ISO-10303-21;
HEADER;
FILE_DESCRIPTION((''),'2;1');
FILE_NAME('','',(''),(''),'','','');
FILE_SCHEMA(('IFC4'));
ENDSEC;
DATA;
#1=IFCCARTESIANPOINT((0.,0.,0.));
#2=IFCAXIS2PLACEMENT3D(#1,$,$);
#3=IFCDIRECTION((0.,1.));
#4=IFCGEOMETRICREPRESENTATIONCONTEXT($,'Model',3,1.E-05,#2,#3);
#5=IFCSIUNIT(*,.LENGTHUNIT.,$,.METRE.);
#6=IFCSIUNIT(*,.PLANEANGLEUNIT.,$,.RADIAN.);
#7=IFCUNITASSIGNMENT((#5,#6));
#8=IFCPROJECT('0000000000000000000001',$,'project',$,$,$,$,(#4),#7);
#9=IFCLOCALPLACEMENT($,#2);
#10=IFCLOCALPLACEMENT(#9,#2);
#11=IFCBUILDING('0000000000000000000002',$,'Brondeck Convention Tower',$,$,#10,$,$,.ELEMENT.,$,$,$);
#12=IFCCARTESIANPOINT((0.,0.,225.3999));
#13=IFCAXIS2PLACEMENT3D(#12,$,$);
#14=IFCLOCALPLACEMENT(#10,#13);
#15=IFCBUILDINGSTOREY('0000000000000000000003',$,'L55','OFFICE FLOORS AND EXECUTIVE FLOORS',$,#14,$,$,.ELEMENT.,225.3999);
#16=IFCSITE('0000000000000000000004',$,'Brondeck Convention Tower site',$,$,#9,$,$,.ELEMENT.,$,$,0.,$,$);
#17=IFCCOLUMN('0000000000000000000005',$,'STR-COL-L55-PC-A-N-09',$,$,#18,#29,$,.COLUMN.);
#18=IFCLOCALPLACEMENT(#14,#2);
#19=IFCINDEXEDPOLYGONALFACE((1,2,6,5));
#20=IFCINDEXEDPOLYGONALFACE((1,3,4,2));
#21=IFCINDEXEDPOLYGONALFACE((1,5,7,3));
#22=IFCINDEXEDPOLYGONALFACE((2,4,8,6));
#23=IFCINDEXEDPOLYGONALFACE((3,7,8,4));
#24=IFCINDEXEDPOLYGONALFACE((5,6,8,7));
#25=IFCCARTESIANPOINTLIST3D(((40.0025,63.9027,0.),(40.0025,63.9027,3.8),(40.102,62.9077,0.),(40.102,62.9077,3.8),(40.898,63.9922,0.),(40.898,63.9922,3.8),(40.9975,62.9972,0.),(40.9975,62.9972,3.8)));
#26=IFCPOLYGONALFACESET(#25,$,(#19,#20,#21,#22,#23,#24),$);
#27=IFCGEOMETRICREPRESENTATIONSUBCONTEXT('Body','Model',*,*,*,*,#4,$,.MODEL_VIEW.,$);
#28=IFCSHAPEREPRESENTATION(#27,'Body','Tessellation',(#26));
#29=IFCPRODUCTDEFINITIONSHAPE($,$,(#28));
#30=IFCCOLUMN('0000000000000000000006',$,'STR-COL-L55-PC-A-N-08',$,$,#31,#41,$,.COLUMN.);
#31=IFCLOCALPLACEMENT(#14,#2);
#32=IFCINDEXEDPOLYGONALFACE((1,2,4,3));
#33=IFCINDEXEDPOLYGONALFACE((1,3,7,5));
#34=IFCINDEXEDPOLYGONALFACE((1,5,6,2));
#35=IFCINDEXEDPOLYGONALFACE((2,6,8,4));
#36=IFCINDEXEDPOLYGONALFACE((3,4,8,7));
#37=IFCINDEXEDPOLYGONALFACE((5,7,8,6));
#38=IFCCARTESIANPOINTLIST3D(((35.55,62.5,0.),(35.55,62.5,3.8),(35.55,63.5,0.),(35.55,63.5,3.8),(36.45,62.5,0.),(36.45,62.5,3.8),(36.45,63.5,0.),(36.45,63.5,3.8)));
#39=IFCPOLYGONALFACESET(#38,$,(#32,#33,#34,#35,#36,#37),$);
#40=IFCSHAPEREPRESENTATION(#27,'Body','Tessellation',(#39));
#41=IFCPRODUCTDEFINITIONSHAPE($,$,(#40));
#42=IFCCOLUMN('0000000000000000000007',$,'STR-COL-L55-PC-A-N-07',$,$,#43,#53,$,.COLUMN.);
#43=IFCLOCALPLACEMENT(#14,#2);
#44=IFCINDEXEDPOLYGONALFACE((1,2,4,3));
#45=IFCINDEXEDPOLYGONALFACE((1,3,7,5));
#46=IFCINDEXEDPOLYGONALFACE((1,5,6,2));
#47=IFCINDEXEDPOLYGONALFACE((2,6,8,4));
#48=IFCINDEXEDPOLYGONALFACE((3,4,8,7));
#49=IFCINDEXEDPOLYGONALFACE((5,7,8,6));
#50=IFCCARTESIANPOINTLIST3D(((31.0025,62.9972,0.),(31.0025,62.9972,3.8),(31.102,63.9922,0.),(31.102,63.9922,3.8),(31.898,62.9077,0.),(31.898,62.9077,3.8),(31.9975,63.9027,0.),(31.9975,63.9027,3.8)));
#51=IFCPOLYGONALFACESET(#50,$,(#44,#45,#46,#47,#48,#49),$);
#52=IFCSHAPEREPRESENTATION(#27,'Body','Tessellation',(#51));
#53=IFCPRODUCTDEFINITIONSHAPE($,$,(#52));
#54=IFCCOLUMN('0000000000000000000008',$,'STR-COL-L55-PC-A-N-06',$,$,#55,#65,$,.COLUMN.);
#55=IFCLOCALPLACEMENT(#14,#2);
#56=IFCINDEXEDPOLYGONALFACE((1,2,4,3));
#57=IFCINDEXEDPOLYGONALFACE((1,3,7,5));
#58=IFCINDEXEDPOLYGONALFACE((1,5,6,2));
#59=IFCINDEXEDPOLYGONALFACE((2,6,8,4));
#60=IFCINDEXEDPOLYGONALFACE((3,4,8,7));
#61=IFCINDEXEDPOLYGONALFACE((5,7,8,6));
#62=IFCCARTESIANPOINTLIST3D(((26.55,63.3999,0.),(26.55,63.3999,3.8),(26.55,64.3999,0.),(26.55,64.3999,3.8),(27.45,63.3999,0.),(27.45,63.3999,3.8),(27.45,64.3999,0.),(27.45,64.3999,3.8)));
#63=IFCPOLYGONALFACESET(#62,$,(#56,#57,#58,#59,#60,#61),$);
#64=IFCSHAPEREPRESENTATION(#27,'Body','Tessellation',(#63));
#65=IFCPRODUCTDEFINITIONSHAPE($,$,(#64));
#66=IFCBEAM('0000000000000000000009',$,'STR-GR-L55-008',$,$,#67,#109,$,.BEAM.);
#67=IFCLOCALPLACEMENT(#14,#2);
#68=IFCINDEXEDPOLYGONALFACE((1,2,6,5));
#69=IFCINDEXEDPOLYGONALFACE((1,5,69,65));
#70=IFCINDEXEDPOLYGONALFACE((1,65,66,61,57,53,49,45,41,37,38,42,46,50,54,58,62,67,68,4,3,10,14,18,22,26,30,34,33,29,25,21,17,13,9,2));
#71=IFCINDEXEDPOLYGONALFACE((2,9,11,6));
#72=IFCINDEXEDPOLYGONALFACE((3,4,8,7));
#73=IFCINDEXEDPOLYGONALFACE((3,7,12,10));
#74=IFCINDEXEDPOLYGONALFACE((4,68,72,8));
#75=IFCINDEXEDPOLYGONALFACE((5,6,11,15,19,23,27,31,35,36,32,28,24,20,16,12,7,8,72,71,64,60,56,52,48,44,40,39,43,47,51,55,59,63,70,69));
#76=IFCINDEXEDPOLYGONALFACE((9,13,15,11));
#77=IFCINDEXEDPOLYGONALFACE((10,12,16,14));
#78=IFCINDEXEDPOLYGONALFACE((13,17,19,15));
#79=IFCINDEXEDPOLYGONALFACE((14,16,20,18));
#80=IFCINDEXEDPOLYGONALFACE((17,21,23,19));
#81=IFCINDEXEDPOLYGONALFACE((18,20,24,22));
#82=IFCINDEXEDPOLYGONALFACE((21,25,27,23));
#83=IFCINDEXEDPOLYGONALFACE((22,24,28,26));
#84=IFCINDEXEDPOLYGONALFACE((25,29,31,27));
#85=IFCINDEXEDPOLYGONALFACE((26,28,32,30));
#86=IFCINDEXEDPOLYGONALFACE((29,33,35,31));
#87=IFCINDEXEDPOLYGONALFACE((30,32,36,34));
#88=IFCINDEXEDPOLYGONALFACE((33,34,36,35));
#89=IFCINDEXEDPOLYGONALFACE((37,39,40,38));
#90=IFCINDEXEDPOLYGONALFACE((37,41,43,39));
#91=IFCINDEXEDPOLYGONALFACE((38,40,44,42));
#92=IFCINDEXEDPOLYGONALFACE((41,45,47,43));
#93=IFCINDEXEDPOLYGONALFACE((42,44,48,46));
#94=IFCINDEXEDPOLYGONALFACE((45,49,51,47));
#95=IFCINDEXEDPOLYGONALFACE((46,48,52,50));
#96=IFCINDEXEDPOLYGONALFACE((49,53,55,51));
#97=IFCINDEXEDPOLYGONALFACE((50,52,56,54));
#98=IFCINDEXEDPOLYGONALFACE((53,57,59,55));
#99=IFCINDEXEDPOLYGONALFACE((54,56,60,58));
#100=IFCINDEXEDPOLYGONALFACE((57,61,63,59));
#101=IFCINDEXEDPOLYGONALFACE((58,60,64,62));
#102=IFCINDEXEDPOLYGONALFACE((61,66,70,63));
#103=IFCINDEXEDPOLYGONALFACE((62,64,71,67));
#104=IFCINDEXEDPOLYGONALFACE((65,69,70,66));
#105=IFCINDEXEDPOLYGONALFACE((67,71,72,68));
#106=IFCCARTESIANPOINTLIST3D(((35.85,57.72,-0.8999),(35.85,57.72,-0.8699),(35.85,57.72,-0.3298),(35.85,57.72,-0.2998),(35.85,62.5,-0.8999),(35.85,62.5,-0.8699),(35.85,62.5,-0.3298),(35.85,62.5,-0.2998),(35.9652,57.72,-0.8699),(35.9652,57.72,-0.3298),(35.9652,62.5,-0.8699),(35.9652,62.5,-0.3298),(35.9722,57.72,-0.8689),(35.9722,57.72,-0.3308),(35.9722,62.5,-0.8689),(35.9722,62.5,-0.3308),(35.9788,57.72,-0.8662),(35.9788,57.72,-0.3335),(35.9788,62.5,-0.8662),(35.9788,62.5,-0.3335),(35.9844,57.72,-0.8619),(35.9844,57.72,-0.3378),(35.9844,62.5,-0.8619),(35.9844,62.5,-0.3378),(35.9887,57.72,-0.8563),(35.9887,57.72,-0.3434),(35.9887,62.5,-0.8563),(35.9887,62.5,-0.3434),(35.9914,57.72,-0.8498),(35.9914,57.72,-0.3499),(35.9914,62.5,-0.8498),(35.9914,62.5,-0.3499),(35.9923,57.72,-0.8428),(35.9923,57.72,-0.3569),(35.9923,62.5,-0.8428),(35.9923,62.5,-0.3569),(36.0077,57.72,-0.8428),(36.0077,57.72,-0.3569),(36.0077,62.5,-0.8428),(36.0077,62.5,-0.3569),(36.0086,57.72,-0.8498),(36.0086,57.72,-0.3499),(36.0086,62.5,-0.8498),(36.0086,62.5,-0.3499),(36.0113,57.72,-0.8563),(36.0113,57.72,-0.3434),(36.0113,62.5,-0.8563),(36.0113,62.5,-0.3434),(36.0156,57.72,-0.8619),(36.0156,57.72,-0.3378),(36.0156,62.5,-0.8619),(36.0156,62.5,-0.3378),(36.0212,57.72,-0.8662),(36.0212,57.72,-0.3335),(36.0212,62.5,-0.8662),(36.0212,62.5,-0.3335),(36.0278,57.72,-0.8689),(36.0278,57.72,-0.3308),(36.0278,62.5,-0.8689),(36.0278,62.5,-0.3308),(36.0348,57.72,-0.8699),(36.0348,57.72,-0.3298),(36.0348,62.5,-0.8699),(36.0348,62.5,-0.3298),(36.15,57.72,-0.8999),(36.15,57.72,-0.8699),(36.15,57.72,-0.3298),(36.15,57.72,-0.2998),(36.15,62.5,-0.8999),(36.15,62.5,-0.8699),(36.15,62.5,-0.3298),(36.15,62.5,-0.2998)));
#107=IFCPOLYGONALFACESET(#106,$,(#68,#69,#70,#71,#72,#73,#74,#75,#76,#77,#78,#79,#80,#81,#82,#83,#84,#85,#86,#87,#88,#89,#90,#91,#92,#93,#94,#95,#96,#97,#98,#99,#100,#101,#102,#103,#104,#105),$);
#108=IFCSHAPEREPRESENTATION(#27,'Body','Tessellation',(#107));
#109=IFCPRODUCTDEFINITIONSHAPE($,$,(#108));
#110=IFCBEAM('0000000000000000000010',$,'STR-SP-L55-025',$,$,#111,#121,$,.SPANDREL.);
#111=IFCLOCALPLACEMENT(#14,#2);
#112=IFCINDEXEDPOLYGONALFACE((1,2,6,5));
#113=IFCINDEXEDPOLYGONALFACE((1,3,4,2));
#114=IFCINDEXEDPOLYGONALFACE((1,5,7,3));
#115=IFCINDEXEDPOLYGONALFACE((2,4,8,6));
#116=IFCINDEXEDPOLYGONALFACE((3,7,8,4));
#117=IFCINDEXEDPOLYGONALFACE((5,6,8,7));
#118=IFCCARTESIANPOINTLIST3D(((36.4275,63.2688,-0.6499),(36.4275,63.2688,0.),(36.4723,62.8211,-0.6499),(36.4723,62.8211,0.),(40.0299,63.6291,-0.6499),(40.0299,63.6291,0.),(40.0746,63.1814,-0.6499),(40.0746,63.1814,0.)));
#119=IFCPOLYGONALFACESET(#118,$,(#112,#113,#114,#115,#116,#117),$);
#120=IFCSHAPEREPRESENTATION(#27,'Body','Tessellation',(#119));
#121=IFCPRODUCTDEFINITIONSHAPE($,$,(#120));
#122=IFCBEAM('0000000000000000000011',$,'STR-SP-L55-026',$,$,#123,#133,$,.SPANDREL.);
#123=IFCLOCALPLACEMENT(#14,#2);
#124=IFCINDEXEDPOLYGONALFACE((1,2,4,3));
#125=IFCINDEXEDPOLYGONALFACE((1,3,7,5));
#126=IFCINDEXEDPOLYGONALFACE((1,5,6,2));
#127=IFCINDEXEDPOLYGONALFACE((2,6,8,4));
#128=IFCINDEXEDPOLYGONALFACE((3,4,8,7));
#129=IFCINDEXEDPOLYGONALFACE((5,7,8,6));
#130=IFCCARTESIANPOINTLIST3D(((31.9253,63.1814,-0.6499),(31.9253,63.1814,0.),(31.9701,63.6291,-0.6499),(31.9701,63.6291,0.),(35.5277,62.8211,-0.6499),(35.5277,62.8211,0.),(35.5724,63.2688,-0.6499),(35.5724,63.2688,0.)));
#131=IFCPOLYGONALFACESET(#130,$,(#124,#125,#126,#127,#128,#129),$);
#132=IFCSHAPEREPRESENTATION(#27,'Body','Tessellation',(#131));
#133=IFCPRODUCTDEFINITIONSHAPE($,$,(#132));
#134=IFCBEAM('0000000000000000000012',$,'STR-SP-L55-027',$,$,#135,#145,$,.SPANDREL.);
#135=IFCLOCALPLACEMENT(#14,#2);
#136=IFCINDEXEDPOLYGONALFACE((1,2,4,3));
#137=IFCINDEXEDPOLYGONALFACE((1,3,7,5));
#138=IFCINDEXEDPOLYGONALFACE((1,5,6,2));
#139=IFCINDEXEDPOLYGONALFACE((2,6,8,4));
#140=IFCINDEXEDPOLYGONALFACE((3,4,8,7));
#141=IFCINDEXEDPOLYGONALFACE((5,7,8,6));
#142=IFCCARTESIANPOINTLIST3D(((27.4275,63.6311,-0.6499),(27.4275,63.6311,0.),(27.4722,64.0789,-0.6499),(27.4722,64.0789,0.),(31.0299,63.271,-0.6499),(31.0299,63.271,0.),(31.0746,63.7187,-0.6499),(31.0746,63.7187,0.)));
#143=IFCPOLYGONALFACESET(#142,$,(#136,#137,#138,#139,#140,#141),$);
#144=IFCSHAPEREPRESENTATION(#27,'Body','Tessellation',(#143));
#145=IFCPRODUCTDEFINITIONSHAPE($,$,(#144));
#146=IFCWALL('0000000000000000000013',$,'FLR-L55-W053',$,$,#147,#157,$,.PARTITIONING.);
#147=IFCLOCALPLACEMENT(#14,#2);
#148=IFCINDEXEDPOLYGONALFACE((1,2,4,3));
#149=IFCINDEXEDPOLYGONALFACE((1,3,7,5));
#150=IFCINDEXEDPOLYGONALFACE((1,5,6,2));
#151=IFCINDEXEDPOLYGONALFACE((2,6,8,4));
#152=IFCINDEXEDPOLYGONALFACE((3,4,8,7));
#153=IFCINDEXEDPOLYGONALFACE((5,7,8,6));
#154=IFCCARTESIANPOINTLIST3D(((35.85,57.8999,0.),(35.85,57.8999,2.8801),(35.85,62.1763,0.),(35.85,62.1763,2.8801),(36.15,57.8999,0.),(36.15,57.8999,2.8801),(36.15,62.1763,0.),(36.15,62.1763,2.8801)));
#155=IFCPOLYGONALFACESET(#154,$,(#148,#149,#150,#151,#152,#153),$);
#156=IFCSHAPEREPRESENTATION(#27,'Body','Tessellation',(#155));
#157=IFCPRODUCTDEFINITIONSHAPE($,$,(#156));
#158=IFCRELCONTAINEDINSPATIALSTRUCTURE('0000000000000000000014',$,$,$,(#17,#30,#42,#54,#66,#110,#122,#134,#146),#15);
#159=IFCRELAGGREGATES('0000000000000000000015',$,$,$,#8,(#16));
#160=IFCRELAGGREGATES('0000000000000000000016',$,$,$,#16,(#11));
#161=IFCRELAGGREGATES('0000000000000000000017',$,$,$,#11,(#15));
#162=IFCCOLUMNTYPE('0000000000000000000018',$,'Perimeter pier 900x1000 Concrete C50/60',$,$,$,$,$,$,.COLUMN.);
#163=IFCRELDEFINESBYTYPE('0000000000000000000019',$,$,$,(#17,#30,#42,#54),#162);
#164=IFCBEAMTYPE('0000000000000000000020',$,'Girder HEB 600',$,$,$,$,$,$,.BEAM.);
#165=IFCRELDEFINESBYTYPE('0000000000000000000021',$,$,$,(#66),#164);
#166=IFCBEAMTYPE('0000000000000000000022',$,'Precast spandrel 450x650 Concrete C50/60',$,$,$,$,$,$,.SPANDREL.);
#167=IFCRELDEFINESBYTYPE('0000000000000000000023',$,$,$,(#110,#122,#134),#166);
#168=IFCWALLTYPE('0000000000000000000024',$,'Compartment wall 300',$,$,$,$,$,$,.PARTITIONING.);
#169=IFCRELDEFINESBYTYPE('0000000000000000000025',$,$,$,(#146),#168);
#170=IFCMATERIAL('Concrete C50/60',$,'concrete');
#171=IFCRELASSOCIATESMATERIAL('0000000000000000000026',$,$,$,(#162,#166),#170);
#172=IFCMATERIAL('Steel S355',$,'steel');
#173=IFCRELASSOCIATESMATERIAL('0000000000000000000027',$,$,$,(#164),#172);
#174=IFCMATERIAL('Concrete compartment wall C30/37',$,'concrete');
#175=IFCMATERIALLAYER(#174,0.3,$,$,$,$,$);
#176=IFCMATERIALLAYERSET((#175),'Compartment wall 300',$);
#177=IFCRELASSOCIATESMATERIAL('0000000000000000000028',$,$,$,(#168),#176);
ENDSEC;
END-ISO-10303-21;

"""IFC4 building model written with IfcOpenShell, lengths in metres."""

from ifc_helpers import new_model, si_unit, direction, frame, frame_2d, origin, origin_2d, place, context, subcontext, project, spatial, rectangle, i_section, extrude, material, layer, layer_set, material_profile, profile_set, type_object, element, save


model = new_model("IFC4")

# Units and contexts
model_context = context("Model", 3, precision=1e-05, world=origin(), true_north=direction((0.0, 1.0)))
body_context = subcontext(model_context, "Body", "Model", "MODEL_VIEW")
ifc_project = project(units=[si_unit("LENGTHUNIT", "METRE"), si_unit("PLANEANGLEUNIT", "RADIAN")], contexts=[model_context])

# Site, building, storey
site_placement = place(None, origin())
site = spatial("IfcSite", under=ifc_project, at=site_placement, Name="Brondeck Convention Tower site", CompositionType="ELEMENT", RefElevation=0.0)
building_placement = place(site_placement, origin())
building = spatial("IfcBuilding", under=site, at=building_placement, Name="Brondeck Convention Tower", CompositionType="ELEMENT")
storey_placement = place(building_placement, frame((0.0, 0.0, 225.3999)))
storey = spatial("IfcBuildingStorey", under=building, at=storey_placement, Name="L55", Description="OFFICE FLOORS AND EXECUTIVE FLOORS", CompositionType="ELEMENT", Elevation=225.3999)

# Columns
ifc_material_1 = material(Name="Concrete C50/60", Category="concrete")
ifc_material_profile_1 = material_profile(ifc_material_1, rectangle(XDim=0.8999, YDim=1.0, at=origin_2d()), Name="Perimeter pier 900x1000 Concrete C50/60")
ifc_profile_set_1 = profile_set([ifc_material_profile_1], Name="Concrete C50/60")
column_type = type_object("IfcColumnType", Name="Perimeter pier 900x1000 Concrete C50/60", PredefinedType="COLUMN", material=ifc_profile_set_1)
for number, where, z_axis, x_axis, name in (
    (1, (40.5, 63.45, 0.0), (0.0, 0.0, 1.0), (-0.995037, -0.099504, 0.0), "STR-COL-L55-PC-A-N-09"),
    (2, (36.0, 63.0, 0.0), (0.0, 0.0, 1.0), (-1.0, 0.0, 0.0), "STR-COL-L55-PC-A-N-08"),
    (3, (31.5, 63.45, 0.0), (0.0, 0.0, 1.0), (-0.995037, 0.099504, 0.0), "STR-COL-L55-PC-A-N-07"),
    (4, (27.0, 63.8999, 0.0), (0.0, 0.0, 1.0), (-1.0, 0.0, 0.0), "STR-COL-L55-PC-A-N-06"),
):
    element("IfcColumn", number, at=place(storey_placement, frame(where, z_axis=z_axis, x_axis=x_axis)), inside=storey, type_object=column_type, Name=name, PredefinedType="COLUMN", context=body_context, shape_type="SweptSolid", body=[
        extrude(rectangle(XDim=0.8999, YDim=1.0, at=origin_2d()), origin(), (0.0, 0.0, 1.0), 3.8),
    ])

# Beams
ifc_material_2 = material(Name="Steel S355", Category="steel")
ifc_material_profile_2 = material_profile(ifc_material_2, i_section(OverallWidth=0.3, OverallDepth=0.6001, WebThickness=0.0154, FlangeThickness=0.03, FilletRadius=0.0271, at=origin_2d()), Name="HEB 600")
ifc_profile_set_2 = profile_set([ifc_material_profile_2], Name="Steel S355")
beam_type_1 = type_object("IfcBeamType", Name="Girder HEB 600", PredefinedType="BEAM", material=ifc_profile_set_2)
beam_placement = place(storey_placement, frame((36.0, 57.72, -0.5999), z_axis=(0.0, 1.0, 0.0), x_axis=(-1.0, 0.0, 0.0)))
element("IfcBeam", 5, at=beam_placement, inside=storey, type_object=beam_type_1, Name="STR-GR-L55-008", PredefinedType="BEAM", context=body_context, shape_type="SweptSolid", body=[
    extrude(i_section(OverallWidth=0.3, OverallDepth=0.6001, WebThickness=0.0154, FlangeThickness=0.03, FilletRadius=0.0271, at=origin_2d()), origin(), (0.0, 0.0, 1.0), 4.78),
])
ifc_material_profile_3 = material_profile(ifc_material_1, rectangle(XDim=0.45, YDim=0.6499, at=origin_2d()), Name="Precast spandrel 450x650 Concrete C50/60")
ifc_profile_set_3 = profile_set([ifc_material_profile_3], Name="Concrete C50/60")
beam_type_2 = type_object("IfcBeamType", Name="Precast spandrel 450x650 Concrete C50/60", PredefinedType="SPANDREL", material=ifc_profile_set_3)
for number, where, z_axis, x_axis, name in (
    (6, (40.0522, 63.4053, -0.325), (-0.995034, -0.099537, 0.0), (0.099537, -0.995034, 0.0), "STR-SP-L55-025"),
    (7, (35.55, 63.0449, -0.325), (-0.995034, 0.099537, 0.0), (-0.099537, -0.995034, 0.0), "STR-SP-L55-026"),
    (8, (31.0522, 63.4949, -0.325), (-0.995041, 0.09947, 0.0), (-0.09947, -0.995041, 0.0), "STR-SP-L55-027"),
):
    element("IfcBeam", number, at=place(storey_placement, frame(where, z_axis=z_axis, x_axis=x_axis)), inside=storey, type_object=beam_type_2, Name=name, PredefinedType="SPANDREL", context=body_context, shape_type="SweptSolid", body=[
        extrude(rectangle(XDim=0.45, YDim=0.6499, at=origin_2d()), origin(), (0.0, 0.0, 1.0), 3.6204),
    ])

# Wall
ifc_material_3 = material(Name="Concrete compartment wall C30/37", Category="concrete")
ifc_layer_1 = layer(ifc_material_3, 0.3)
ifc_layer_set_1 = layer_set([ifc_layer_1], Name="Compartment wall 300")
wall_type_1 = type_object("IfcWallType", Name="Compartment wall 300", PredefinedType="PARTITIONING", material=ifc_layer_set_1)
wall_1_placement = place(storey_placement, frame((36.0, 57.8999, 0.0), z_axis=(0.0, 0.0, 1.0), x_axis=(0.0, 1.0, 0.0)))
element("IfcWall", 9, at=wall_1_placement, inside=storey, type_object=wall_type_1, Name="FLR-L55-W053", PredefinedType="PARTITIONING", context=body_context, shape_type="SweptSolid", body=[
    extrude(rectangle(XDim=4.2764, YDim=0.3, at=frame_2d((2.1382, 0.0))), origin(), (0.0, 0.0, 1.0), 2.8801),
])

save(model, "model.ifc")
